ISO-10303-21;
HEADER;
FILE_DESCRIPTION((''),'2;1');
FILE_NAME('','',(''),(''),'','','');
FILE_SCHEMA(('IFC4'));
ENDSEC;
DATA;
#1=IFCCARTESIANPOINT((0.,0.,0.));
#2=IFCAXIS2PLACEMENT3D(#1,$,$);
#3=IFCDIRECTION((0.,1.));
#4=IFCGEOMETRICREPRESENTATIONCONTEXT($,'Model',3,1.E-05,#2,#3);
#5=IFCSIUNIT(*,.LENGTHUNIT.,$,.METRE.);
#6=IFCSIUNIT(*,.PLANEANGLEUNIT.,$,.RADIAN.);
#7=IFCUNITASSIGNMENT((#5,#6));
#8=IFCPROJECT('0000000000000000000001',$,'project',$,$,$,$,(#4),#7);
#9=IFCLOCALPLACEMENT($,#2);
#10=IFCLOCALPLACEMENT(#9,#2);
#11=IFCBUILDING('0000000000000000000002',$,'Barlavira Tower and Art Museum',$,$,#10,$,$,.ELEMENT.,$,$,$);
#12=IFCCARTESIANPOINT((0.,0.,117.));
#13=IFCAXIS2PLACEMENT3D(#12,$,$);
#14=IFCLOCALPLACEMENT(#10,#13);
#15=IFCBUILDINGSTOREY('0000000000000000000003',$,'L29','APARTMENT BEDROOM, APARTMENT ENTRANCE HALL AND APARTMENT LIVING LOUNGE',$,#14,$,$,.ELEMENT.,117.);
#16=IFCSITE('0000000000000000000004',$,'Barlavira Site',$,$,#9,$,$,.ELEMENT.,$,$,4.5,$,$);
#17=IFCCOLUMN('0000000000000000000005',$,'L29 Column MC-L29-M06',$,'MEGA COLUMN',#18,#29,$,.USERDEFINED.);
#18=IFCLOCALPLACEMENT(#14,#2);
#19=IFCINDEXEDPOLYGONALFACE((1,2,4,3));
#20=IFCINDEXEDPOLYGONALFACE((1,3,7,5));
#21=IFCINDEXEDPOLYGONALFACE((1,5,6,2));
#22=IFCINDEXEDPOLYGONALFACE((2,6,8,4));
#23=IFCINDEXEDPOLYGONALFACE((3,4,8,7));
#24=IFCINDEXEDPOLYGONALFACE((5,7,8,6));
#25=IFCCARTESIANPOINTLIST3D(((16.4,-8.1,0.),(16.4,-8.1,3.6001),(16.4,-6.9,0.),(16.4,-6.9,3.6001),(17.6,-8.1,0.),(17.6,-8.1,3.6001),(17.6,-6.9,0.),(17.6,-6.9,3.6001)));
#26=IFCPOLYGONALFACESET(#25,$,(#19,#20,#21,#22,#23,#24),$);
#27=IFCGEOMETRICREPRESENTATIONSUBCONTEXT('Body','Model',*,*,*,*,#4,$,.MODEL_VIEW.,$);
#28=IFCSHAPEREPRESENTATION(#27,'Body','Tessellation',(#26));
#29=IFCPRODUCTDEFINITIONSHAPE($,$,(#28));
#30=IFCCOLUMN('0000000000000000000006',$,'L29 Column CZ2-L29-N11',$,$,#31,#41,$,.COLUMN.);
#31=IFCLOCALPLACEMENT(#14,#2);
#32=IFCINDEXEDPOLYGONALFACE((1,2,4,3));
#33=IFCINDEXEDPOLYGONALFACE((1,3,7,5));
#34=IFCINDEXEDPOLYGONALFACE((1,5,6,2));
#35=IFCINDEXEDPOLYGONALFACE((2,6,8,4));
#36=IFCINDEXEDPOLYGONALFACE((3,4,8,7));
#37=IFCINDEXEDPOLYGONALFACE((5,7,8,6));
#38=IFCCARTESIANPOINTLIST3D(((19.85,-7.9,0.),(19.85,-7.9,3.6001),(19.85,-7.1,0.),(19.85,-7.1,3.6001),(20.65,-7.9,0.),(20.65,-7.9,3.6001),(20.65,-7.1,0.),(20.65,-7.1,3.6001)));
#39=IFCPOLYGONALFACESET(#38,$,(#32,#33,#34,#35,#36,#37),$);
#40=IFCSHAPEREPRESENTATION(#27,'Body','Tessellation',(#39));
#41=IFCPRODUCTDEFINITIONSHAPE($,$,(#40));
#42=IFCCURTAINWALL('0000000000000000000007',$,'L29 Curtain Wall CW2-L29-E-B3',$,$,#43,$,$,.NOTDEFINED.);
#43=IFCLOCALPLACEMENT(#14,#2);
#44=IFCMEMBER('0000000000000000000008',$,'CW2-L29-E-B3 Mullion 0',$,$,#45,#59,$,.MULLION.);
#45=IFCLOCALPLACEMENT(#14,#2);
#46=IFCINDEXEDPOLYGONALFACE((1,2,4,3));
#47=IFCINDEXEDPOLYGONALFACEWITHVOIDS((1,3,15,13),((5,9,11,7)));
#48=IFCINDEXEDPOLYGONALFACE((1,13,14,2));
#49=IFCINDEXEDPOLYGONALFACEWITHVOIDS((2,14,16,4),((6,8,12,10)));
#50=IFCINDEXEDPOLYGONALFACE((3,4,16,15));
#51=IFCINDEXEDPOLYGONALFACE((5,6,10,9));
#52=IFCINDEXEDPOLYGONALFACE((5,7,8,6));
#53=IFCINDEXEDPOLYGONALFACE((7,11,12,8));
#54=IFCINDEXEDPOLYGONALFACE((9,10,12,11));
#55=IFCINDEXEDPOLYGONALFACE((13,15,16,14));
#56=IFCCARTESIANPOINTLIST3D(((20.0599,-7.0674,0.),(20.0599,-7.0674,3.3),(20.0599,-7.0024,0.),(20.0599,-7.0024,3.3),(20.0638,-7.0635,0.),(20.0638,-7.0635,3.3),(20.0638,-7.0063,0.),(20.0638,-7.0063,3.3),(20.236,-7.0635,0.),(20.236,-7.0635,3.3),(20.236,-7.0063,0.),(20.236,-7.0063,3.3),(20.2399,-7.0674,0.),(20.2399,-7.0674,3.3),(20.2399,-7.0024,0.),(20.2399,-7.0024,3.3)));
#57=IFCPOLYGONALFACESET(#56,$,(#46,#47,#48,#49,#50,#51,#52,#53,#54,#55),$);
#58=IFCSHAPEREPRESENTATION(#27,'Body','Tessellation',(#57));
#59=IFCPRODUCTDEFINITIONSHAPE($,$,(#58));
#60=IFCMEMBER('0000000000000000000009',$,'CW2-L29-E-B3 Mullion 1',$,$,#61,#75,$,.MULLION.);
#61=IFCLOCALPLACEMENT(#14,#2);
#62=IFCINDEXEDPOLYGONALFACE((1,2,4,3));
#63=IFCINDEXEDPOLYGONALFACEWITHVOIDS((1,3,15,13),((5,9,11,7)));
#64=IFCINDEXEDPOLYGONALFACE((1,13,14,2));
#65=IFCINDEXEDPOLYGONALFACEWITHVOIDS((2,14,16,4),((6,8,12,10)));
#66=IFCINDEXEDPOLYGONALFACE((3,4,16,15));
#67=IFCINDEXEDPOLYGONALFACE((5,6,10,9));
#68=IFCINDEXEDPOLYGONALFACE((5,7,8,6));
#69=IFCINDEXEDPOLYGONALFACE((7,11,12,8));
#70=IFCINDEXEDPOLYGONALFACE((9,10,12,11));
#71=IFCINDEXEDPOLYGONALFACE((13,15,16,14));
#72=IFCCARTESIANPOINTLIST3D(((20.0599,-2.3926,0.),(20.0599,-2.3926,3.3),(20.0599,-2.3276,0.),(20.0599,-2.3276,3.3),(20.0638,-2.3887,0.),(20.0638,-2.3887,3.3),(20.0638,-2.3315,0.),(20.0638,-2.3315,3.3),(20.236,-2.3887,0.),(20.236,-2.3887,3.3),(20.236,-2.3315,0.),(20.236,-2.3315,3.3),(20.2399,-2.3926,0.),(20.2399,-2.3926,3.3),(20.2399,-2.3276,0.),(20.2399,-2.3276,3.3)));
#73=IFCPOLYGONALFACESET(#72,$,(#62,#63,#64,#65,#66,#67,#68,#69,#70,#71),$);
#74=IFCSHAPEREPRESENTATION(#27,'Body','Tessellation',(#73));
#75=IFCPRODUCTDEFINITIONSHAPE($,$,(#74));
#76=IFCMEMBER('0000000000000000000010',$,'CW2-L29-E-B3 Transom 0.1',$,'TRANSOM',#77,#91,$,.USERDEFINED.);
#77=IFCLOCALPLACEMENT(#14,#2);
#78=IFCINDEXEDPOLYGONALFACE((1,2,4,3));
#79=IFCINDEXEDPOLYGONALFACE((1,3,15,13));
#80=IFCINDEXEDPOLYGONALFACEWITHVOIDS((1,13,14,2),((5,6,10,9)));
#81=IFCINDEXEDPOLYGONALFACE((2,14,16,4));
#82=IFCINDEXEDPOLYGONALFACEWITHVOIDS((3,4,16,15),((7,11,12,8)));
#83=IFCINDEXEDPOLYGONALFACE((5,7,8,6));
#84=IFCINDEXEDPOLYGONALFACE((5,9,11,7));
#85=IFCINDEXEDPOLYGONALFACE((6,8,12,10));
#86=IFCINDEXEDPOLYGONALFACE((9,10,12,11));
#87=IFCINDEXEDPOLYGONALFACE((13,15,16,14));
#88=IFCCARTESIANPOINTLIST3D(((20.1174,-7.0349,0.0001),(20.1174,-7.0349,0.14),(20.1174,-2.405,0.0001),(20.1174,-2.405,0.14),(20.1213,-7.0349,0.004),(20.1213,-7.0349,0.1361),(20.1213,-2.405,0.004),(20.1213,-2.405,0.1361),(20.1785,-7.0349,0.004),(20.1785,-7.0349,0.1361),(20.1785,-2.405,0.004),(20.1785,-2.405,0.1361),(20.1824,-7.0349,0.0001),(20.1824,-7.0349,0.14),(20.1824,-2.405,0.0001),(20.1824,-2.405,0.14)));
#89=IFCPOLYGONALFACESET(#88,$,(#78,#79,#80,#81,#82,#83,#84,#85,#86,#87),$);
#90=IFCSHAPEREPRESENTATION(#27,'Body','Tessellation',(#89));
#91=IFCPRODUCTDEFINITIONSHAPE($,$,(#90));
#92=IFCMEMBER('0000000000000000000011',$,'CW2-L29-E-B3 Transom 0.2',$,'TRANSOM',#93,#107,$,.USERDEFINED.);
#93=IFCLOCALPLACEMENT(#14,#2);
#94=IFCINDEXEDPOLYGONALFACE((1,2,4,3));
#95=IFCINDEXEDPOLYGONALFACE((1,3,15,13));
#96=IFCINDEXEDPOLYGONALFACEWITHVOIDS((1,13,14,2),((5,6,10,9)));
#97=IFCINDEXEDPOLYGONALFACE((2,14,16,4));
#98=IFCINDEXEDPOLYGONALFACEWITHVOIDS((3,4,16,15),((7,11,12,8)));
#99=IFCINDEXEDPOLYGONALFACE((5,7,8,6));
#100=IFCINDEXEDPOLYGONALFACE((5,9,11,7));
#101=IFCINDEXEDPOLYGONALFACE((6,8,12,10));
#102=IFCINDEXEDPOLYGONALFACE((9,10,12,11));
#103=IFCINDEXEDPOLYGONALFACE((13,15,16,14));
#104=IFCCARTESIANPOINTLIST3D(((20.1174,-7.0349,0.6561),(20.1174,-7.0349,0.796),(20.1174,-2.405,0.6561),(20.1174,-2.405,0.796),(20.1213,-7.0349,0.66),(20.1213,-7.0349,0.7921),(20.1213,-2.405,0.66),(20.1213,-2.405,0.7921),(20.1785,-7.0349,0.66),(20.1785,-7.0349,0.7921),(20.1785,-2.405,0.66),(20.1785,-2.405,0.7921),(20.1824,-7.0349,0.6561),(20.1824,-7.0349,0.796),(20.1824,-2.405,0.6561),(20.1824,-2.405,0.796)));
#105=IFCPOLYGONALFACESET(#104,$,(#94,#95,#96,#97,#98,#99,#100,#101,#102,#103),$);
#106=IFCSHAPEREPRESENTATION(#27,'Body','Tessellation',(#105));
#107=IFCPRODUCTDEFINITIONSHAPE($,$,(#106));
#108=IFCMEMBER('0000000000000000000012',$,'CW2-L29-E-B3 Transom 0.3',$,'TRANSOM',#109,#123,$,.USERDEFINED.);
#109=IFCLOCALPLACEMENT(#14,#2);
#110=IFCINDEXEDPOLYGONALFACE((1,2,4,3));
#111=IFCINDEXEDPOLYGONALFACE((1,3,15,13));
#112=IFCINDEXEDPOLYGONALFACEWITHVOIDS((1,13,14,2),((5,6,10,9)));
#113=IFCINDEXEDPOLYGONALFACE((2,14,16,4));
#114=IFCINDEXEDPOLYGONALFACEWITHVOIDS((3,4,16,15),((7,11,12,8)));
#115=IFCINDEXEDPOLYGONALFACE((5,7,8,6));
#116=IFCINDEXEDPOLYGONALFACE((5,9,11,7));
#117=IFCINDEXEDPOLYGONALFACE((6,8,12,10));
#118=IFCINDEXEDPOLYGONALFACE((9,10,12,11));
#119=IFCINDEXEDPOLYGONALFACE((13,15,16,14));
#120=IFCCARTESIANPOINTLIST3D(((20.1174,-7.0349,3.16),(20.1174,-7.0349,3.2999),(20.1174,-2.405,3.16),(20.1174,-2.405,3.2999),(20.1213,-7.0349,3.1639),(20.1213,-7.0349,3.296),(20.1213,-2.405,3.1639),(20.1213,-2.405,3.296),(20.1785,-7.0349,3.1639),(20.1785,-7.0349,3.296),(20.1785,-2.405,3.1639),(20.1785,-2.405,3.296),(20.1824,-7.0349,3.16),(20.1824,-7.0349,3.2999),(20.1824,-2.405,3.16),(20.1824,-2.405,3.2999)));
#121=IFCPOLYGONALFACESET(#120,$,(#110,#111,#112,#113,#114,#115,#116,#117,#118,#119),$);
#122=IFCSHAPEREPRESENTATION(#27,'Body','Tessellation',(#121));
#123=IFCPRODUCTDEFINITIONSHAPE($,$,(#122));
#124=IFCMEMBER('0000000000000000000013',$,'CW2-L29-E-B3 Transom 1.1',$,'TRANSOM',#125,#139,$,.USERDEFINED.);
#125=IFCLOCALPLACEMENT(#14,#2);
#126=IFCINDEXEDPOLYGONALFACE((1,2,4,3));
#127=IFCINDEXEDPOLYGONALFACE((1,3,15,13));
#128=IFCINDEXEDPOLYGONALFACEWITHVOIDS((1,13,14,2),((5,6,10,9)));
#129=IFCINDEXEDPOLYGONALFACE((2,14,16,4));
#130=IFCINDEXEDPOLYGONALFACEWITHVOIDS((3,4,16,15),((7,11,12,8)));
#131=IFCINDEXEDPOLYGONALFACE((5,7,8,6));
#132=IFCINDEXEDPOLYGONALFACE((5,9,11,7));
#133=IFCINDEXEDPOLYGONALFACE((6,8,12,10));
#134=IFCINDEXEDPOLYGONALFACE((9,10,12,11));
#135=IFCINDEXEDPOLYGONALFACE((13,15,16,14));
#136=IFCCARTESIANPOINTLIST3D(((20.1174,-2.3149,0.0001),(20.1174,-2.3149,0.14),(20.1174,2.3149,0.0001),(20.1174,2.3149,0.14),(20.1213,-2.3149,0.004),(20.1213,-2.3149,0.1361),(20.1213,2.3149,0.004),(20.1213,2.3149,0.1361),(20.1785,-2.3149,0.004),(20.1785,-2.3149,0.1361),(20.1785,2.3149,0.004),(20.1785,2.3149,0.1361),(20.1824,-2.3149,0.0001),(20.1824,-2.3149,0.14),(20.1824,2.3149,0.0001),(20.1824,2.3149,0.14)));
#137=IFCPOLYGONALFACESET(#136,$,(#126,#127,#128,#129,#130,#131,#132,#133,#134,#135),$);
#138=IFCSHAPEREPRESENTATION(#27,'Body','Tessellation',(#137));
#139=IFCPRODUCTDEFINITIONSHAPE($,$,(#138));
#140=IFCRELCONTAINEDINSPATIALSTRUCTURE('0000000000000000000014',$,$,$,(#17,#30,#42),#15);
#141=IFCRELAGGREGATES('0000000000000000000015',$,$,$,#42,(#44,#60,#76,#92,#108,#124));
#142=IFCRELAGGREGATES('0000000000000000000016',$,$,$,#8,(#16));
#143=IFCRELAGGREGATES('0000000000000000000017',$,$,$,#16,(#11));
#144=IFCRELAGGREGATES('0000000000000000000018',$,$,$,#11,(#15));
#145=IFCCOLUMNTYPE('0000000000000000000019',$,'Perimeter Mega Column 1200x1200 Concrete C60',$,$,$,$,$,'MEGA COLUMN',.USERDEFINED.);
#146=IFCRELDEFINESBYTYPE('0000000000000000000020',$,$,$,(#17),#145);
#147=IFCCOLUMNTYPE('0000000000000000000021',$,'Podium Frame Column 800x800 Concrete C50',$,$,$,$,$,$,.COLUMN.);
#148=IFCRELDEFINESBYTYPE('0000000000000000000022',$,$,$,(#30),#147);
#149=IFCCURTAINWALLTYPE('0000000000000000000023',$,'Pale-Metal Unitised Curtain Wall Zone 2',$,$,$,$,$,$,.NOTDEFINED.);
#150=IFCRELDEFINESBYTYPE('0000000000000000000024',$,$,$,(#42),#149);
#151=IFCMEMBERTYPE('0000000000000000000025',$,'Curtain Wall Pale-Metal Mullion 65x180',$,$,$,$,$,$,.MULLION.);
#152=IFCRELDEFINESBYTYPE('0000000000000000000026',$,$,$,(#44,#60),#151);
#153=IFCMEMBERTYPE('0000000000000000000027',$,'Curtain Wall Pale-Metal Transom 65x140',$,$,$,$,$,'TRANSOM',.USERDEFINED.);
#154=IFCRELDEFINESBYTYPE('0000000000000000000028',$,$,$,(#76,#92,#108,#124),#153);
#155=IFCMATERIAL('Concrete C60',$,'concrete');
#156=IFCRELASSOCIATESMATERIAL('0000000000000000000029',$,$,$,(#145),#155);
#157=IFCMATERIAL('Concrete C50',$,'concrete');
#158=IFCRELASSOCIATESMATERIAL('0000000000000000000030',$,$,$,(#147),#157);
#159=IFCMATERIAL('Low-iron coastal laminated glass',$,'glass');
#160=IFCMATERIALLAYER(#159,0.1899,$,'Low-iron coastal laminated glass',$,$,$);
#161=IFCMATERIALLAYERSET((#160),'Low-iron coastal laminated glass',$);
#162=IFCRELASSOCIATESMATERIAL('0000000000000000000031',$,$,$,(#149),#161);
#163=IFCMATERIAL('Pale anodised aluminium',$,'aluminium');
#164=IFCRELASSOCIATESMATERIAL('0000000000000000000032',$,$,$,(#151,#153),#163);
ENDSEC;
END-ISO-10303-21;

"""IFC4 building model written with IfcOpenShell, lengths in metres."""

from ifc_helpers import new_model, si_unit, direction, frame, origin, origin_2d, place, context, subcontext, project, spatial, rectangle, hollow_rectangle, extrude, material, layer, layer_set, material_profile, profile_set, type_object, element, aggregate, save


model = new_model("IFC4")

# Units and contexts
model_context = context("Model", 3, precision=1e-05, world=origin(), true_north=direction((0.0, 1.0)))
body_context = subcontext(model_context, "Body", "Model", "MODEL_VIEW")
ifc_project = project(units=[si_unit("LENGTHUNIT", "METRE"), si_unit("PLANEANGLEUNIT", "RADIAN")], contexts=[model_context])

# Site, building, storey
site_placement = place(None, origin())
site = spatial("IfcSite", under=ifc_project, at=site_placement, Name="Barlavira Site", CompositionType="ELEMENT", RefElevation=4.5)
building_placement = place(site_placement, origin())
building = spatial("IfcBuilding", under=site, at=building_placement, Name="Barlavira Tower and Art Museum", CompositionType="ELEMENT")
storey_placement = place(building_placement, frame((0.0, 0.0, 117.0)))
storey = spatial("IfcBuildingStorey", under=building, at=storey_placement, Name="L29", Description="APARTMENT BEDROOM, APARTMENT ENTRANCE HALL AND APARTMENT LIVING LOUNGE", CompositionType="ELEMENT", Elevation=117.0)

# Columns
ifc_material_1 = material(Name="Concrete C60", Category="concrete")
ifc_material_profile_1 = material_profile(ifc_material_1, rectangle(XDim=1.2, YDim=1.2, at=origin_2d()), Name="RC-COL 1200x1200")
ifc_profile_set_1 = profile_set([ifc_material_profile_1], Name="Concrete C60")
column_type_1 = type_object("IfcColumnType", Name="Perimeter Mega Column 1200x1200 Concrete C60", ElementType="MEGA COLUMN", PredefinedType="USERDEFINED", material=ifc_profile_set_1)
column_1_placement = place(storey_placement, frame((17.0, -7.5, 0.0), z_axis=(0.0, 0.0, 1.0), x_axis=(1.0, 0.0, 0.0)))
element("IfcColumn", 1, at=column_1_placement, inside=storey, type_object=column_type_1, Name="L29 Column MC-L29-M06", ObjectType="MEGA COLUMN", PredefinedType="USERDEFINED", context=body_context, shape_type="SweptSolid", body=[
    extrude(rectangle(XDim=1.2, YDim=1.2, at=origin_2d()), origin(), (0.0, 0.0, 1.0), 3.6001),
])
ifc_material_2 = material(Name="Concrete C50", Category="concrete")
ifc_material_profile_2 = material_profile(ifc_material_2, rectangle(XDim=0.8, YDim=0.8, at=origin_2d()), Name="RC-COL 800x800")
ifc_profile_set_2 = profile_set([ifc_material_profile_2], Name="Concrete C50")
column_type_2 = type_object("IfcColumnType", Name="Podium Frame Column 800x800 Concrete C50", PredefinedType="COLUMN", material=ifc_profile_set_2)
column_2_placement = place(storey_placement, frame((20.25, -7.5, 0.0), z_axis=(0.0, 0.0, 1.0), x_axis=(1.0, 0.0, 0.0)))
element("IfcColumn", 2, at=column_2_placement, inside=storey, type_object=column_type_2, Name="L29 Column CZ2-L29-N11", PredefinedType="COLUMN", context=body_context, shape_type="SweptSolid", body=[
    extrude(rectangle(XDim=0.8, YDim=0.8, at=origin_2d()), origin(), (0.0, 0.0, 1.0), 3.6001),
])

# Curtain wall, members
ifc_material_3 = material(Name="Low-iron coastal laminated glass", Category="glass")
ifc_layer_1 = layer(ifc_material_3, 0.1899, Name="Low-iron coastal laminated glass")
ifc_layer_set_1 = layer_set([ifc_layer_1], Name="Low-iron coastal laminated glass")
curtain_wall_type = type_object("IfcCurtainWallType", Name="Pale-Metal Unitised Curtain Wall Zone 2", PredefinedType="NOTDEFINED", material=ifc_layer_set_1)
curtain_wall_placement = place(storey_placement, origin())
curtain_wall = element("IfcCurtainWall", 3, at=curtain_wall_placement, inside=storey, type_object=curtain_wall_type, Name="L29 Curtain Wall CW2-L29-E-B3", PredefinedType="NOTDEFINED")
ifc_material_4 = material(Name="Pale anodised aluminium", Category="aluminium")
ifc_material_profile_3 = material_profile(ifc_material_4, hollow_rectangle(XDim=0.0649, YDim=0.1799, WallThickness=0.0039, at=origin_2d()), Name="ALU-MULL 65x180x4")
ifc_profile_set_3 = profile_set([ifc_material_profile_3], Name="Pale anodised aluminium")
member_type_1 = type_object("IfcMemberType", Name="Curtain Wall Pale-Metal Mullion 65x180", PredefinedType="MULLION", material=ifc_profile_set_3)
member_1_placement = place(storey_placement, frame((20.1499, -7.0349, 0.0), z_axis=(0.0, 0.0, 1.0), x_axis=(0.0, 1.0, 0.0)))
member_1 = element("IfcMember", 4, at=member_1_placement, type_object=member_type_1, Name="CW2-L29-E-B3 Mullion 0", PredefinedType="MULLION", context=body_context, shape_type="SweptSolid", body=[
    extrude(hollow_rectangle(XDim=0.0649, YDim=0.1799, WallThickness=0.0039, at=origin_2d()), origin(), (0.0, 0.0, 1.0), 3.3),
])
member_2_placement = place(storey_placement, frame((20.1499, -2.3601, 0.0), z_axis=(0.0, 0.0, 1.0), x_axis=(0.0, 1.0, 0.0)))
member_2 = element("IfcMember", 5, at=member_2_placement, type_object=member_type_1, Name="CW2-L29-E-B3 Mullion 1", PredefinedType="MULLION", context=body_context, shape_type="SweptSolid", body=[
    extrude(hollow_rectangle(XDim=0.0649, YDim=0.1799, WallThickness=0.0039, at=origin_2d()), origin(), (0.0, 0.0, 1.0), 3.3),
])
ifc_material_profile_4 = material_profile(ifc_material_4, hollow_rectangle(XDim=0.0649, YDim=0.1399, WallThickness=0.0039, at=origin_2d()), Name="ALU-TRAN 65x140x4")
ifc_profile_set_4 = profile_set([ifc_material_profile_4], Name="Pale anodised aluminium")
member_type_2 = type_object("IfcMemberType", Name="Curtain Wall Pale-Metal Transom 65x140", ElementType="TRANSOM", PredefinedType="USERDEFINED", material=ifc_profile_set_4)
member_3_placement = place(storey_placement, frame((20.1499, -7.0349, 0.0701), z_axis=(0.0, 1.0, 0.0), x_axis=(-1.0, 0.0, 0.0)))
member_3 = element("IfcMember", 6, at=member_3_placement, type_object=member_type_2, Name="CW2-L29-E-B3 Transom 0.1", ObjectType="TRANSOM", PredefinedType="USERDEFINED", context=body_context, shape_type="SweptSolid", body=[
    extrude(hollow_rectangle(XDim=0.0649, YDim=0.1399, WallThickness=0.0039, at=origin_2d()), origin(), (0.0, 0.0, 1.0), 4.6299),
])
member_4_placement = place(storey_placement, frame((20.1499, -7.0349, 0.7261), z_axis=(0.0, 1.0, 0.0), x_axis=(-1.0, 0.0, 0.0)))
member_4 = element("IfcMember", 7, at=member_4_placement, type_object=member_type_2, Name="CW2-L29-E-B3 Transom 0.2", ObjectType="TRANSOM", PredefinedType="USERDEFINED", context=body_context, shape_type="SweptSolid", body=[
    extrude(hollow_rectangle(XDim=0.0649, YDim=0.1399, WallThickness=0.0039, at=origin_2d()), origin(), (0.0, 0.0, 1.0), 4.6299),
])
member_5_placement = place(storey_placement, frame((20.1499, -7.0349, 3.23), z_axis=(0.0, 1.0, 0.0), x_axis=(-1.0, 0.0, 0.0)))
member_5 = element("IfcMember", 8, at=member_5_placement, type_object=member_type_2, Name="CW2-L29-E-B3 Transom 0.3", ObjectType="TRANSOM", PredefinedType="USERDEFINED", context=body_context, shape_type="SweptSolid", body=[
    extrude(hollow_rectangle(XDim=0.0649, YDim=0.1399, WallThickness=0.0039, at=origin_2d()), origin(), (0.0, 0.0, 1.0), 4.6299),
])
member_6_placement = place(storey_placement, frame((20.1499, -2.3149, 0.0701), z_axis=(0.0, 1.0, 0.0), x_axis=(-1.0, 0.0, 0.0)))
member_6 = element("IfcMember", 9, at=member_6_placement, type_object=member_type_2, Name="CW2-L29-E-B3 Transom 1.1", ObjectType="TRANSOM", PredefinedType="USERDEFINED", context=body_context, shape_type="SweptSolid", body=[
    extrude(hollow_rectangle(XDim=0.0649, YDim=0.1399, WallThickness=0.0039, at=origin_2d()), origin(), (0.0, 0.0, 1.0), 4.6299),
])

aggregate(curtain_wall, [member_1, member_2, member_3, member_4, member_5, member_6])

save(model, "model.ifc")
